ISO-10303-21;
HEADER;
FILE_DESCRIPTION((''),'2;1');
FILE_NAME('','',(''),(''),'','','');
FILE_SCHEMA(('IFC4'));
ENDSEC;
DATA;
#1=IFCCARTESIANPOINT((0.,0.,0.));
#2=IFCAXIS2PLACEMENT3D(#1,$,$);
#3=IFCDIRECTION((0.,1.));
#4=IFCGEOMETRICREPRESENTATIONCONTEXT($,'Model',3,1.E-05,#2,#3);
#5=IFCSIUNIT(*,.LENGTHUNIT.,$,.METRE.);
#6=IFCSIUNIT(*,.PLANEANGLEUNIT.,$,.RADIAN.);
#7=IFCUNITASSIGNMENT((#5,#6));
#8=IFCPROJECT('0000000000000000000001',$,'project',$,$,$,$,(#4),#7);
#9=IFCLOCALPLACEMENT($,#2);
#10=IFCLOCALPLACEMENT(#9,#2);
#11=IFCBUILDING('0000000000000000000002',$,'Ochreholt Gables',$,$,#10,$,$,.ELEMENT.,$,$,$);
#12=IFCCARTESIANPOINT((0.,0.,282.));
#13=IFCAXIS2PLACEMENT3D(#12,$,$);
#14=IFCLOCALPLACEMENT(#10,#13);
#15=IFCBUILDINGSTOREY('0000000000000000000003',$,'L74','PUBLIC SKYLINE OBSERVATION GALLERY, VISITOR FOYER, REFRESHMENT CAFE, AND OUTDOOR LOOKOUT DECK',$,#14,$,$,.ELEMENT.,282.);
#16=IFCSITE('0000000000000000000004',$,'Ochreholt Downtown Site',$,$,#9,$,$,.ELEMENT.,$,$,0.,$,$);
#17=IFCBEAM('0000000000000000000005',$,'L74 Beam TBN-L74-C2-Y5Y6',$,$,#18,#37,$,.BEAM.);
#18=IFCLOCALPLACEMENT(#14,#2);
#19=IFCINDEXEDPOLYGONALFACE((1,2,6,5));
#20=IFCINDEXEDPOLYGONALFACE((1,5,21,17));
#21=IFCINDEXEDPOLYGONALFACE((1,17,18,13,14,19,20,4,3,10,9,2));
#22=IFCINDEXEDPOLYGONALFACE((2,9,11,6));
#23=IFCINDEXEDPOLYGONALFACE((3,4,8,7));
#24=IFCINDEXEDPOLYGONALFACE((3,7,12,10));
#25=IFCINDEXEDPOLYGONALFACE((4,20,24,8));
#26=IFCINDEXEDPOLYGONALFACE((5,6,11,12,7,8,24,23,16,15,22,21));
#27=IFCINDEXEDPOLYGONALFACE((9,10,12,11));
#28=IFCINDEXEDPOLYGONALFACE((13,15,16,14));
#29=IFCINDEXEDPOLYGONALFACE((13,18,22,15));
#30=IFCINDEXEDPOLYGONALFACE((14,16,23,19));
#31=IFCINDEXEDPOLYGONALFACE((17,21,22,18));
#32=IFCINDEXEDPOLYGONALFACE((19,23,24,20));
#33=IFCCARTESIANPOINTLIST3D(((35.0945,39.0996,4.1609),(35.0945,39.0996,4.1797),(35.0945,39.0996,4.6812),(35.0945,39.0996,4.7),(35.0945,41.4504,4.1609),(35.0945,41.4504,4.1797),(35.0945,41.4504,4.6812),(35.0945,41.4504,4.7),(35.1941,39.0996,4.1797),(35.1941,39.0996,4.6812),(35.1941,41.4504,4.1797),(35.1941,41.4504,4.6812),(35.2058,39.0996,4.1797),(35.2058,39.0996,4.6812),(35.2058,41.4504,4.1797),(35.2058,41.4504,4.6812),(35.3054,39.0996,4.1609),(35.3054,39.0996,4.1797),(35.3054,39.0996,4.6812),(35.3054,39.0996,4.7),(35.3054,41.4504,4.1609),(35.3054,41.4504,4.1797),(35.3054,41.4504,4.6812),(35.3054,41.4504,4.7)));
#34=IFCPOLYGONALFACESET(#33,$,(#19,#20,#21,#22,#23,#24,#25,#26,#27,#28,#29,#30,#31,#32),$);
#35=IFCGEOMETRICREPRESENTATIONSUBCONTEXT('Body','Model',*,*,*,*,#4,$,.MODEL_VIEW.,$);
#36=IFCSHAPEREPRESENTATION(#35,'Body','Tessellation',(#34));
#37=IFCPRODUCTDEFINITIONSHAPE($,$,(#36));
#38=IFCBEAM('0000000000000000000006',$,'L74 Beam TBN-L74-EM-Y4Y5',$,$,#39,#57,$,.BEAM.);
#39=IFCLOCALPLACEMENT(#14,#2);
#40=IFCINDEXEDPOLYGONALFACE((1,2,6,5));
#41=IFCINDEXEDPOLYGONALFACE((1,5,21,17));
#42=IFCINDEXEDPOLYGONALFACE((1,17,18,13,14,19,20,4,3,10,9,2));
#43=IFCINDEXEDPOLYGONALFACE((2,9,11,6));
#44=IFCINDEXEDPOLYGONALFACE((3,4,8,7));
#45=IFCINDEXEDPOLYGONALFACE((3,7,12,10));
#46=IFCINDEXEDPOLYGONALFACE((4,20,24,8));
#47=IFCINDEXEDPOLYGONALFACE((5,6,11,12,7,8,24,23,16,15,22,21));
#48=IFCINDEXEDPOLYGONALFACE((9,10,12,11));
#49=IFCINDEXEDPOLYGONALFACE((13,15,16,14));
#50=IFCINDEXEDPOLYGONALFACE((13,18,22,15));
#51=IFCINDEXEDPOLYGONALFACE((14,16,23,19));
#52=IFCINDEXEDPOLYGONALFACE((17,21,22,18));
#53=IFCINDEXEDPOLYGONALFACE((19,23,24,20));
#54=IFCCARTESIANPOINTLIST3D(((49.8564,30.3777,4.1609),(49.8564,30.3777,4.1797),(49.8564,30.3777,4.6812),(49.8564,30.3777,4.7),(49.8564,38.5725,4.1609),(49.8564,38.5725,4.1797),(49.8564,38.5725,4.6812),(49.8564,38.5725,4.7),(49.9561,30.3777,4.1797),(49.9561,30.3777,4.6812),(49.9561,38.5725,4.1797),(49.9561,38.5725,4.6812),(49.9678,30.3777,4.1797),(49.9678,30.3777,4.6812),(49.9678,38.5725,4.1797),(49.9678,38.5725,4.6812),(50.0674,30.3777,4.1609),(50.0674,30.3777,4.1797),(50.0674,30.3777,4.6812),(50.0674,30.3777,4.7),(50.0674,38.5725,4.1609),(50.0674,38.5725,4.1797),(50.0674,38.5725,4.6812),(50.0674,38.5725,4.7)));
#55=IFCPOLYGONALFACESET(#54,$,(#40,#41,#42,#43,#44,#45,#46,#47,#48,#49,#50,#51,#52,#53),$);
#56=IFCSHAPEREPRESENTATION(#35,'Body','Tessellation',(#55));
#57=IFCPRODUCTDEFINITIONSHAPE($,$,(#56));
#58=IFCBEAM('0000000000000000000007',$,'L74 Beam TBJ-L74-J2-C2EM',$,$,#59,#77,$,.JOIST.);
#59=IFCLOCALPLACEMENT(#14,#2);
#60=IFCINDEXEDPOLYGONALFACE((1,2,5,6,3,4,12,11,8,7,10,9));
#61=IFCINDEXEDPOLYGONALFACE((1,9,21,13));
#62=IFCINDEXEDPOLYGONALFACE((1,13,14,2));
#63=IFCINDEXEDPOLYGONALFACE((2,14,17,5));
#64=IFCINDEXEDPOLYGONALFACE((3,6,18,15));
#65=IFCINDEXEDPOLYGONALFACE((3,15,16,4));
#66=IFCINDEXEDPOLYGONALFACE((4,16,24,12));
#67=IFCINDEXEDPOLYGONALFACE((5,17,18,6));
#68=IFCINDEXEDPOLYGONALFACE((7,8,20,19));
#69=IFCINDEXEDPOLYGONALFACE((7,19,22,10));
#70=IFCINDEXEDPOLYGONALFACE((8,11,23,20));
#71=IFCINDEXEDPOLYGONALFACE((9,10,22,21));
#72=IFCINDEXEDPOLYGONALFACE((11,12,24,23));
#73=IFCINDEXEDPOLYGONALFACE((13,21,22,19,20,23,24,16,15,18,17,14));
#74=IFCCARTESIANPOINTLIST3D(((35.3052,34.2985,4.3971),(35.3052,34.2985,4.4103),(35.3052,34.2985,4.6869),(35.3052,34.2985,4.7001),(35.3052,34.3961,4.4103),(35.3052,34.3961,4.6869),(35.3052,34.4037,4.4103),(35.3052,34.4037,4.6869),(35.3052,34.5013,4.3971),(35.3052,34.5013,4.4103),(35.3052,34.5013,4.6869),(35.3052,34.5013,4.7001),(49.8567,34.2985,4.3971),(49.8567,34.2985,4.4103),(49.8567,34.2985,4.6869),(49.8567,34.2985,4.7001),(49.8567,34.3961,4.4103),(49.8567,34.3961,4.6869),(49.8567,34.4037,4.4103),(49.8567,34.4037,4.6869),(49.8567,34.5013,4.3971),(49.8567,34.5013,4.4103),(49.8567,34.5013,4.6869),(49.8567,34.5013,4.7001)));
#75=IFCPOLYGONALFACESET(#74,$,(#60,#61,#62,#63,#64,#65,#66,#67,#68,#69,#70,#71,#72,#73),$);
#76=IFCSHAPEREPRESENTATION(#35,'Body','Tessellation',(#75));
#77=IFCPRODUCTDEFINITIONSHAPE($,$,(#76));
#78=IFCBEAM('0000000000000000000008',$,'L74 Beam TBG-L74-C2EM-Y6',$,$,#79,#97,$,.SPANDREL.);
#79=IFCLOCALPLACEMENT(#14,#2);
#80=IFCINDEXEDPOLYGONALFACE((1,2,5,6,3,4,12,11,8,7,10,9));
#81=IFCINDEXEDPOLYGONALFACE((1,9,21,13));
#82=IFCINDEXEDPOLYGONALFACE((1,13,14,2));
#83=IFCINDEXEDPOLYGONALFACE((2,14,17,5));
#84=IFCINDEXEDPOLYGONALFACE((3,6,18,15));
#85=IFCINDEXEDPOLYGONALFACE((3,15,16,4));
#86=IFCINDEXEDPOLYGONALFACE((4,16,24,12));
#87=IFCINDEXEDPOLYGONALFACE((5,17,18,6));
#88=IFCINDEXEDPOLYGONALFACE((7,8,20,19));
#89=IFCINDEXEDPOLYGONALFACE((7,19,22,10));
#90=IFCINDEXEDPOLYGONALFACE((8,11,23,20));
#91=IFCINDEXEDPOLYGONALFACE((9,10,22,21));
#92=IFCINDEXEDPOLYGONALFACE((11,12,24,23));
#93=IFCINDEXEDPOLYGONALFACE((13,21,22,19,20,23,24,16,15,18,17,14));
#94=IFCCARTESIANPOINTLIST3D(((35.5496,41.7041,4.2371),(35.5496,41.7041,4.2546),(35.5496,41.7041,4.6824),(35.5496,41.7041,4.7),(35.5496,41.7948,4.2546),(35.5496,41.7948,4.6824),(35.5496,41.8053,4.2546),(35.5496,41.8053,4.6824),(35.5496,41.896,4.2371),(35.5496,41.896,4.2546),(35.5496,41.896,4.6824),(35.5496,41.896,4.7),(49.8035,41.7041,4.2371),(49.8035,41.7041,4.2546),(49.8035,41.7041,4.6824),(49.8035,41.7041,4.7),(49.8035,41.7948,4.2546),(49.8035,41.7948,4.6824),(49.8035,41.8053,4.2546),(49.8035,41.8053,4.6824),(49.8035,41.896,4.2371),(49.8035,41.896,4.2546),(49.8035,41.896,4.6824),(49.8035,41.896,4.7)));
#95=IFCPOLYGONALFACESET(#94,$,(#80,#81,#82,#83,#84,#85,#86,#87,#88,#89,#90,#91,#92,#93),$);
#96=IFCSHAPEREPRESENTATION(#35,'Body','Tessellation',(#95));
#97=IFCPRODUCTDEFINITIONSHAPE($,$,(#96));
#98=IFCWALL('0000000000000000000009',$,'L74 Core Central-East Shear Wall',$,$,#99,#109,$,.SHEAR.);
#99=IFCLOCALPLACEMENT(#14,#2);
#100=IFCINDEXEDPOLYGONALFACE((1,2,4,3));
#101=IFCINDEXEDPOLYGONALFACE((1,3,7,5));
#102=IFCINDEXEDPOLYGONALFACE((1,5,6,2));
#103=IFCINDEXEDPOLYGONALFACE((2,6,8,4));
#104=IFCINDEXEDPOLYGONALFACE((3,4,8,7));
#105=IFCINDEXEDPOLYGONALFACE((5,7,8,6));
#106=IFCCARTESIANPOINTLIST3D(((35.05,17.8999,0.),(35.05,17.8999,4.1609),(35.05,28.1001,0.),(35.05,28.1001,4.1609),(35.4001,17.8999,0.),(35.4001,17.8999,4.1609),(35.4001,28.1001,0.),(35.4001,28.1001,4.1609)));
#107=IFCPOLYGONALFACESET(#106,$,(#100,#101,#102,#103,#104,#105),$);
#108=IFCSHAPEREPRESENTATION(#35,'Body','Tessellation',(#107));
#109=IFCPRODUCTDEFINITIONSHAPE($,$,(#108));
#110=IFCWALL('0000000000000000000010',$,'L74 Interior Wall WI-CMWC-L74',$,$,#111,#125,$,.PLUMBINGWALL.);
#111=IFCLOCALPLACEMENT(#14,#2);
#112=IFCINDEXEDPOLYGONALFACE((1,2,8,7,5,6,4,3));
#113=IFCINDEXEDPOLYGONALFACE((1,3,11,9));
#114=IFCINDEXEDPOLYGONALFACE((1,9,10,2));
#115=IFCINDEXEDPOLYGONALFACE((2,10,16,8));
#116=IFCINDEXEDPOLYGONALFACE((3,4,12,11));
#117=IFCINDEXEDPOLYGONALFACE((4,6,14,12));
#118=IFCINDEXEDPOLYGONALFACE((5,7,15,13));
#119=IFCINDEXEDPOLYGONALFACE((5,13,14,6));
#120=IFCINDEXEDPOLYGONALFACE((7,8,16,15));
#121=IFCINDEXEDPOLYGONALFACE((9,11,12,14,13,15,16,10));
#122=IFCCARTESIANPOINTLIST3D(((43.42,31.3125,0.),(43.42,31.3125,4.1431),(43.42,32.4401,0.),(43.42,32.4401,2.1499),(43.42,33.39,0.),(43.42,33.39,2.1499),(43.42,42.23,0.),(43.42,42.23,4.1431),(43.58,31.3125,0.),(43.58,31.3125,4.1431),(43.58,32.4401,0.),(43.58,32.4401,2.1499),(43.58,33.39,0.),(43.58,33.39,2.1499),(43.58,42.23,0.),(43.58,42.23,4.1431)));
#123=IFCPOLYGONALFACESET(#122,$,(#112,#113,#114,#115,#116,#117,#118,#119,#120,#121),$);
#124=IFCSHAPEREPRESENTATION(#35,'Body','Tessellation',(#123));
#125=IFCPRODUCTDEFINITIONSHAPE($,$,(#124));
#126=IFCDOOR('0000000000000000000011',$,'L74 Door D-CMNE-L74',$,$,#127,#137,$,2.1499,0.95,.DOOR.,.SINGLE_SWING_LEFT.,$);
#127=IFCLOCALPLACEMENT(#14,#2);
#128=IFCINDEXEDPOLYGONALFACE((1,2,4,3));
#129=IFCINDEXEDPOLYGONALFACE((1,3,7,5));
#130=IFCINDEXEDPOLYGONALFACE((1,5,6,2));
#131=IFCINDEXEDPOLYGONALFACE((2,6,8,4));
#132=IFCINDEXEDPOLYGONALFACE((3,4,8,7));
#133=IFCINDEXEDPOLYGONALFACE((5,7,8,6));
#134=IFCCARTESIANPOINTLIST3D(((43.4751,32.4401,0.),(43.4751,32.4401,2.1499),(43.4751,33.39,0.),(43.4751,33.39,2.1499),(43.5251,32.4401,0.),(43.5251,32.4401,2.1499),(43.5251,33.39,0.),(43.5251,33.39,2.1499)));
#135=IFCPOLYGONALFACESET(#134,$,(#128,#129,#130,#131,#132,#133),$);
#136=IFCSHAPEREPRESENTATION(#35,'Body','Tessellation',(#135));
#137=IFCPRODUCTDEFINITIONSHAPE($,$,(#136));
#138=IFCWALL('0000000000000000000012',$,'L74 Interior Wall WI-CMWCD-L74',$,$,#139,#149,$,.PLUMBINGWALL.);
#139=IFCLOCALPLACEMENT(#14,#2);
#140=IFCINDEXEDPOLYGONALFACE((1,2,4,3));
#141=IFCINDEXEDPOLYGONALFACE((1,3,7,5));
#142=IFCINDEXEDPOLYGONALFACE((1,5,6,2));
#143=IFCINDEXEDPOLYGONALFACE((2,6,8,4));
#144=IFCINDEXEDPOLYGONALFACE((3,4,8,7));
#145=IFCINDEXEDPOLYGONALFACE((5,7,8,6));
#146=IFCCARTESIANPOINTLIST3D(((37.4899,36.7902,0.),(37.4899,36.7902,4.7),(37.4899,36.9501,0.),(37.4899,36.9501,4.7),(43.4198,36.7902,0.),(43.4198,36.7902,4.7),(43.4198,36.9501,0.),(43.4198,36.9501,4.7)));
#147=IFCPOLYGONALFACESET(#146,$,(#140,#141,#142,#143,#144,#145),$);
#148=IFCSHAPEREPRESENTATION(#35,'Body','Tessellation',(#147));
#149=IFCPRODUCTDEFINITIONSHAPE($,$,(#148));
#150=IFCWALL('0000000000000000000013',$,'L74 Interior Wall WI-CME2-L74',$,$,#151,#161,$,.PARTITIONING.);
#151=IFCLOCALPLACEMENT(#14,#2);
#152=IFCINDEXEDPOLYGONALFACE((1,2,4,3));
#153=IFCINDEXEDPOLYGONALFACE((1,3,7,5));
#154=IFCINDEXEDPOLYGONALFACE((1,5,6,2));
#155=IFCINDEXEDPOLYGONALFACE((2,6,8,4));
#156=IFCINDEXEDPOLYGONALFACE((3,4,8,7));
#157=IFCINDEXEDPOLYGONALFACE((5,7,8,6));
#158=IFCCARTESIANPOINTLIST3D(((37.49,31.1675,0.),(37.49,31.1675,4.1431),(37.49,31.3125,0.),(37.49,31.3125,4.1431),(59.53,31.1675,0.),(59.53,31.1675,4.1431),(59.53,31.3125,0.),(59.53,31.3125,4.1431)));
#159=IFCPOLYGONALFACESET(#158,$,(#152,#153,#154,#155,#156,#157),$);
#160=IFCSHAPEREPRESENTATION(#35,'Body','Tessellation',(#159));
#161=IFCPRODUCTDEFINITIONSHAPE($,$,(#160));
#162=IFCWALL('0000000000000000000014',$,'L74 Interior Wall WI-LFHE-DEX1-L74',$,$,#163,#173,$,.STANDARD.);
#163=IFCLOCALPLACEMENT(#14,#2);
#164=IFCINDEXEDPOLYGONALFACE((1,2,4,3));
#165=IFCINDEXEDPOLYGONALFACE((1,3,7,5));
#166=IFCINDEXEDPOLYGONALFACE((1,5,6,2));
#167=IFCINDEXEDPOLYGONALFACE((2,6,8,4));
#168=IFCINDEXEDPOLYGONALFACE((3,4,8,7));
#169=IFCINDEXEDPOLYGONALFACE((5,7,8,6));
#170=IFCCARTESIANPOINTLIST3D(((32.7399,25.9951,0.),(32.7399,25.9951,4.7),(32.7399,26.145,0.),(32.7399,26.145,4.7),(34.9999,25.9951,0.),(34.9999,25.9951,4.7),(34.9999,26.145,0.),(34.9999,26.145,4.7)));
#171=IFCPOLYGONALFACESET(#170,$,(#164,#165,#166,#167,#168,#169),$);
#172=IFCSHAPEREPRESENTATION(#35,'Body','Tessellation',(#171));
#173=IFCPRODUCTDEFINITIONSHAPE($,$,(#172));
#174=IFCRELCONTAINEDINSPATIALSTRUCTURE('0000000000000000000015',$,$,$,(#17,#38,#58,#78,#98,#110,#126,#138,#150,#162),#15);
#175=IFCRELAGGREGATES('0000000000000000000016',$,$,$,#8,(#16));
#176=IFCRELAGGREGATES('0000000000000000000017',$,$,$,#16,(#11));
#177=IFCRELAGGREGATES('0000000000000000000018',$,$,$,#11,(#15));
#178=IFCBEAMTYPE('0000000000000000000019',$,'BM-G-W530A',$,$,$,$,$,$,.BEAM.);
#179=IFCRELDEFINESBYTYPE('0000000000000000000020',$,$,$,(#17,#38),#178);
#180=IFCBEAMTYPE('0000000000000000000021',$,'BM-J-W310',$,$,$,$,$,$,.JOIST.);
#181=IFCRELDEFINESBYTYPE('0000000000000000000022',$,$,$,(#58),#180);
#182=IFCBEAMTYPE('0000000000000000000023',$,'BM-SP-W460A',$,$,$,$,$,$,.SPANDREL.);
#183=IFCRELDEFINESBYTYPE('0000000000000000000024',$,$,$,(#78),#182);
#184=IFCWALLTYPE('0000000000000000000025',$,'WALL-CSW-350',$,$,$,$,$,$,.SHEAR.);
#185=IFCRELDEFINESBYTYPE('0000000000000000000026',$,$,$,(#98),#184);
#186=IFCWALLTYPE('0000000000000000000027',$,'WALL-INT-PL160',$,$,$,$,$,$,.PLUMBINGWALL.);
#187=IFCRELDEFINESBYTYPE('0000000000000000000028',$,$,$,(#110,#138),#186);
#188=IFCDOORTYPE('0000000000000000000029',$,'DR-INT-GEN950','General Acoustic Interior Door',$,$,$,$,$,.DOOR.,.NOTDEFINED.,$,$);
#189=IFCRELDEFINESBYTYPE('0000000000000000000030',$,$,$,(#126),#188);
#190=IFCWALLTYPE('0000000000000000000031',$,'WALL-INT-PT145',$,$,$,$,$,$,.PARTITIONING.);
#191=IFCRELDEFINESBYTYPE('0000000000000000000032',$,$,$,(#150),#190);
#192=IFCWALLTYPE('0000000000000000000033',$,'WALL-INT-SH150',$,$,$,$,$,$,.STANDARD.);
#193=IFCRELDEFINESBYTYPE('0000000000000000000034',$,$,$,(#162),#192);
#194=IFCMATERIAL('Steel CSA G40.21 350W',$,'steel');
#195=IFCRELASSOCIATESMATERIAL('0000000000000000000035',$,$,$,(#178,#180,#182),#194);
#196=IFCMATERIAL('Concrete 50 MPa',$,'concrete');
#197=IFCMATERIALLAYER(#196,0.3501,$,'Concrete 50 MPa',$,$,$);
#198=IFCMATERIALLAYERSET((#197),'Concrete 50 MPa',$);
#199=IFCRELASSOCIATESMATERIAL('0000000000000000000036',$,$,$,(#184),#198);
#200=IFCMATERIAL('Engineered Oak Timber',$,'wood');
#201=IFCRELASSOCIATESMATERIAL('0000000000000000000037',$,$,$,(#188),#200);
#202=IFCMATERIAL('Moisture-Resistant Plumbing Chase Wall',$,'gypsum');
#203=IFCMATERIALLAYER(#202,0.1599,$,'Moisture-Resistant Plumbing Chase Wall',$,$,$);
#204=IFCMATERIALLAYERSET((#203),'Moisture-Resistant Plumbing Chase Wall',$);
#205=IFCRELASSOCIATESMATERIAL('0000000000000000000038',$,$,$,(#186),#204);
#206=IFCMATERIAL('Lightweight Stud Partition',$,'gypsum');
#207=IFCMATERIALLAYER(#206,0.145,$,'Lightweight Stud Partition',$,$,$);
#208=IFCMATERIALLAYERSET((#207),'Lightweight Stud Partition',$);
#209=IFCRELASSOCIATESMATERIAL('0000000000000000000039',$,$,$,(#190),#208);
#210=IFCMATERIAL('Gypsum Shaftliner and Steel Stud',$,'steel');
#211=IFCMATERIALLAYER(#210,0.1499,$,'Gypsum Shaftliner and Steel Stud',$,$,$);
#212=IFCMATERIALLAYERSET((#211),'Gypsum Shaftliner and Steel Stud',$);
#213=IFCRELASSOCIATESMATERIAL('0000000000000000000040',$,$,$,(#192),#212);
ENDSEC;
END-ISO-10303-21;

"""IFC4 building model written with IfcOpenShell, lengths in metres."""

from ifc_helpers import new_model, si_unit, direction, frame, frame_2d, origin, origin_2d, place, context, subcontext, project, spatial, rectangle, i_section, extrude, material, layer, layer_set, material_profile, profile_set, type_object, element, fill, save


model = new_model("IFC4")

# Units and contexts
model_context = context("Model", 3, precision=1e-05, world=origin(), true_north=direction((0.0, 1.0)))
body_context = subcontext(model_context, "Body", "Model", "MODEL_VIEW")
ifc_project = project(units=[si_unit("LENGTHUNIT", "METRE"), si_unit("PLANEANGLEUNIT", "RADIAN")], contexts=[model_context])

# Site, building, storey
site_placement = place(None, origin())
site = spatial("IfcSite", under=ifc_project, at=site_placement, Name="Ochreholt Downtown Site", CompositionType="ELEMENT", RefElevation=0.0)
building_placement = place(site_placement, origin())
building = spatial("IfcBuilding", under=site, at=building_placement, Name="Ochreholt Gables", CompositionType="ELEMENT")
storey_placement = place(building_placement, frame((0.0, 0.0, 282.0)))
storey = spatial("IfcBuildingStorey", under=building, at=storey_placement, Name="L74", Description="PUBLIC SKYLINE OBSERVATION GALLERY, VISITOR FOYER, REFRESHMENT CAFE, AND OUTDOOR LOOKOUT DECK", CompositionType="ELEMENT", Elevation=282.0)

# Shared definitions
ifc_material_1 = material(Name="Steel CSA G40.21 350W", Category="steel")
ifc_material_2 = material(Name="Concrete 50 MPa", Category="concrete")

# Beams
ifc_material_profile_1 = material_profile(ifc_material_1, i_section(OverallWidth=0.2109, OverallDepth=0.5391, WebThickness=0.0117, FlangeThickness=0.0188, at=origin_2d()), Name="W530X109")
ifc_profile_set_1 = profile_set([ifc_material_profile_1], Name="Steel CSA G40.21 350W")
beam_type_1 = type_object("IfcBeamType", Name="BM-G-W530A", PredefinedType="BEAM", material=ifc_profile_set_1)
beam_1_placement = place(storey_placement, frame((35.2, 39.0996, 4.4304), z_axis=(0.0, 1.0, 0.0), x_axis=(-1.0, 0.0, 0.0)))
element("IfcBeam", 1, at=beam_1_placement, inside=storey, type_object=beam_type_1, Name="L74 Beam TBN-L74-C2-Y5Y6", PredefinedType="BEAM", context=body_context, shape_type="SweptSolid", body=[
    extrude(i_section(OverallWidth=0.2109, OverallDepth=0.5391, WebThickness=0.0117, FlangeThickness=0.0188, at=origin_2d()), origin(), (0.0, 0.0, 1.0), 2.3508),
])
beam_2_placement = place(storey_placement, frame((49.9619, 30.3777, 4.4304), z_axis=(0.0, 1.0, 0.0), x_axis=(-1.0, 0.0, 0.0)))
element("IfcBeam", 2, at=beam_2_placement, inside=storey, type_object=beam_type_1, Name="L74 Beam TBN-L74-EM-Y4Y5", PredefinedType="BEAM", context=body_context, shape_type="SweptSolid", body=[
    extrude(i_section(OverallWidth=0.2109, OverallDepth=0.5391, WebThickness=0.0117, FlangeThickness=0.0188, at=origin_2d()), origin(), (0.0, 0.0, 1.0), 8.1948),
])
ifc_material_profile_2 = material_profile(ifc_material_1, i_section(OverallWidth=0.2029, OverallDepth=0.303, WebThickness=0.0076, FlangeThickness=0.0132, at=origin_2d()), Name="W310X60")
ifc_profile_set_2 = profile_set([ifc_material_profile_2], Name="Steel CSA G40.21 350W")
beam_type_2 = type_object("IfcBeamType", Name="BM-J-W310", PredefinedType="JOIST", material=ifc_profile_set_2)
beam_3_placement = place(storey_placement, frame((35.3052, 34.3999, 4.5486), z_axis=(1.0, 0.0, 0.0), x_axis=(0.0, 1.0, 0.0)))
element("IfcBeam", 3, at=beam_3_placement, inside=storey, type_object=beam_type_2, Name="L74 Beam TBJ-L74-J2-C2EM", PredefinedType="JOIST", context=body_context, shape_type="SweptSolid", body=[
    extrude(i_section(OverallWidth=0.2029, OverallDepth=0.303, WebThickness=0.0076, FlangeThickness=0.0132, at=origin_2d()), origin(), (0.0, 0.0, 1.0), 14.5515),
])
ifc_material_profile_3 = material_profile(ifc_material_1, i_section(OverallWidth=0.1919, OverallDepth=0.4629, WebThickness=0.0105, FlangeThickness=0.0176, at=origin_2d()), Name="W460X89")
ifc_profile_set_3 = profile_set([ifc_material_profile_3], Name="Steel CSA G40.21 350W")
beam_type_3 = type_object("IfcBeamType", Name="BM-SP-W460A", PredefinedType="SPANDREL", material=ifc_profile_set_3)
beam_4_placement = place(storey_placement, frame((35.5496, 41.8, 4.4685), z_axis=(1.0, 0.0, 0.0), x_axis=(0.0, 1.0, 0.0)))
element("IfcBeam", 4, at=beam_4_placement, inside=storey, type_object=beam_type_3, Name="L74 Beam TBG-L74-C2EM-Y6", PredefinedType="SPANDREL", context=body_context, shape_type="SweptSolid", body=[
    extrude(i_section(OverallWidth=0.1919, OverallDepth=0.4629, WebThickness=0.0105, FlangeThickness=0.0176, at=origin_2d()), origin(), (0.0, 0.0, 1.0), 14.2539),
])

# Wall
ifc_layer_1 = layer(ifc_material_2, 0.3501, Name="Concrete 50 MPa")
ifc_layer_set_1 = layer_set([ifc_layer_1], Name="Concrete 50 MPa")
wall_type_1 = type_object("IfcWallType", Name="WALL-CSW-350", PredefinedType="SHEAR", material=ifc_layer_set_1)
wall_1_placement = place(storey_placement, frame((35.2251, 17.8999, 0.0), z_axis=(0.0, 0.0, 1.0), x_axis=(0.0, 1.0, 0.0)))
element("IfcWall", 5, at=wall_1_placement, inside=storey, type_object=wall_type_1, Name="L74 Core Central-East Shear Wall", PredefinedType="SHEAR", context=body_context, shape_type="SweptSolid", body=[
    extrude(rectangle(XDim=10.2002, YDim=0.3501, at=frame_2d((5.1001, 0.0))), origin(), (0.0, 0.0, 1.0), 4.1609),
])

# Wall, opening, door
ifc_material_3 = material(Name="Engineered Oak Timber", Category="wood")
door_type = type_object("IfcDoorType", Name="DR-INT-GEN950", Description="General Acoustic Interior Door", OperationType="NOTDEFINED", PredefinedType="DOOR", material=ifc_material_3)
ifc_material_4 = material(Name="Moisture-Resistant Plumbing Chase Wall", Category="gypsum")
ifc_layer_2 = layer(ifc_material_4, 0.1599, Name="Moisture-Resistant Plumbing Chase Wall")
ifc_layer_set_2 = layer_set([ifc_layer_2], Name="Moisture-Resistant Plumbing Chase Wall")
wall_type_2 = type_object("IfcWallType", Name="WALL-INT-PL160", PredefinedType="PLUMBINGWALL", material=ifc_layer_set_2)
wall_2_placement = place(storey_placement, frame((43.5, 31.3125, 0.0), z_axis=(0.0, 0.0, 1.0), x_axis=(0.0, 1.0, 0.0)))
wall_2 = element("IfcWall", 6, at=wall_2_placement, inside=storey, type_object=wall_type_2, Name="L74 Interior Wall WI-CMWC-L74", PredefinedType="PLUMBINGWALL", context=body_context, shape_type="SweptSolid", body=[
    extrude(rectangle(XDim=10.9175, YDim=0.1599, at=frame_2d((5.4587, 0.0))), origin(), (0.0, 0.0, 1.0), 4.1431),
])
opening_1_placement = place(wall_2_placement, frame((1.1274, 0.0, 0.0)))
opening_1 = element("IfcOpeningElement", 7, at=opening_1_placement, cuts=wall_2, PredefinedType="OPENING", context=body_context, shape_type="SweptSolid", body=[
    extrude(rectangle(XDim=0.95, YDim=2.1499, at=frame_2d((0.4751, 1.075))), frame((0.0, 0.0898, 0.0), z_axis=(0.0, -1.0, 0.0), x_axis=(1.0, 0.0, 0.0)), (0.0, 0.0, 1.0), 0.1799),
])
door_1_placement = place(opening_1_placement, origin())
door_1 = element("IfcDoor", 8, at=door_1_placement, inside=storey, type_object=door_type, Name="L74 Door D-CMNE-L74", OperationType="SINGLE_SWING_LEFT", OverallHeight=2.1499, OverallWidth=0.95, PredefinedType="DOOR", context=body_context, shape_type="SweptSolid", body=[
    extrude(rectangle(XDim=0.95, YDim=2.1499, at=frame_2d((0.4751, 1.075))), frame((0.0, 0.0249, 0.0), z_axis=(0.0, -1.0, 0.0), x_axis=(1.0, 0.0, 0.0)), (0.0, 0.0, 1.0), 0.05),
])
fill(opening_1, door_1)

# Walls
wall_3_placement = place(storey_placement, frame((37.49, 36.8701, 0.0), z_axis=(0.0, 0.0, 1.0), x_axis=(1.0, 0.0, 0.0)))
element("IfcWall", 9, at=wall_3_placement, inside=storey, type_object=wall_type_2, Name="L74 Interior Wall WI-CMWCD-L74", PredefinedType="PLUMBINGWALL", context=body_context, shape_type="SweptSolid", body=[
    extrude(rectangle(XDim=5.9299, YDim=0.1599, at=frame_2d((2.9648, 0.0))), origin(), (0.0, 0.0, 1.0), 4.7),
])
ifc_material_5 = material(Name="Lightweight Stud Partition", Category="gypsum")
ifc_layer_3 = layer(ifc_material_5, 0.145, Name="Lightweight Stud Partition")
ifc_layer_set_3 = layer_set([ifc_layer_3], Name="Lightweight Stud Partition")
wall_type_3 = type_object("IfcWallType", Name="WALL-INT-PT145", PredefinedType="PARTITIONING", material=ifc_layer_set_3)
wall_4_placement = place(storey_placement, frame((37.49, 31.24, 0.0), z_axis=(0.0, 0.0, 1.0), x_axis=(1.0, 0.0, 0.0)))
element("IfcWall", 10, at=wall_4_placement, inside=storey, type_object=wall_type_3, Name="L74 Interior Wall WI-CME2-L74", PredefinedType="PARTITIONING", context=body_context, shape_type="SweptSolid", body=[
    extrude(rectangle(XDim=22.04, YDim=0.145, at=frame_2d((11.02, 0.0))), origin(), (0.0, 0.0, 1.0), 4.1431),
])
ifc_material_6 = material(Name="Gypsum Shaftliner and Steel Stud", Category="steel")
ifc_layer_4 = layer(ifc_material_6, 0.1499, Name="Gypsum Shaftliner and Steel Stud")
ifc_layer_set_4 = layer_set([ifc_layer_4], Name="Gypsum Shaftliner and Steel Stud")
wall_type_4 = type_object("IfcWallType", Name="WALL-INT-SH150", PredefinedType="STANDARD", material=ifc_layer_set_4)
wall_5_placement = place(storey_placement, frame((32.74, 26.0701, 0.0), z_axis=(0.0, 0.0, 1.0), x_axis=(1.0, 0.0, 0.0)))
element("IfcWall", 11, at=wall_5_placement, inside=storey, type_object=wall_type_4, Name="L74 Interior Wall WI-LFHE-DEX1-L74", PredefinedType="STANDARD", context=body_context, shape_type="SweptSolid", body=[
    extrude(rectangle(XDim=2.26, YDim=0.1499, at=frame_2d((1.1299, 0.0))), origin(), (0.0, 0.0, 1.0), 4.7),
])

save(model, "model.ifc")
